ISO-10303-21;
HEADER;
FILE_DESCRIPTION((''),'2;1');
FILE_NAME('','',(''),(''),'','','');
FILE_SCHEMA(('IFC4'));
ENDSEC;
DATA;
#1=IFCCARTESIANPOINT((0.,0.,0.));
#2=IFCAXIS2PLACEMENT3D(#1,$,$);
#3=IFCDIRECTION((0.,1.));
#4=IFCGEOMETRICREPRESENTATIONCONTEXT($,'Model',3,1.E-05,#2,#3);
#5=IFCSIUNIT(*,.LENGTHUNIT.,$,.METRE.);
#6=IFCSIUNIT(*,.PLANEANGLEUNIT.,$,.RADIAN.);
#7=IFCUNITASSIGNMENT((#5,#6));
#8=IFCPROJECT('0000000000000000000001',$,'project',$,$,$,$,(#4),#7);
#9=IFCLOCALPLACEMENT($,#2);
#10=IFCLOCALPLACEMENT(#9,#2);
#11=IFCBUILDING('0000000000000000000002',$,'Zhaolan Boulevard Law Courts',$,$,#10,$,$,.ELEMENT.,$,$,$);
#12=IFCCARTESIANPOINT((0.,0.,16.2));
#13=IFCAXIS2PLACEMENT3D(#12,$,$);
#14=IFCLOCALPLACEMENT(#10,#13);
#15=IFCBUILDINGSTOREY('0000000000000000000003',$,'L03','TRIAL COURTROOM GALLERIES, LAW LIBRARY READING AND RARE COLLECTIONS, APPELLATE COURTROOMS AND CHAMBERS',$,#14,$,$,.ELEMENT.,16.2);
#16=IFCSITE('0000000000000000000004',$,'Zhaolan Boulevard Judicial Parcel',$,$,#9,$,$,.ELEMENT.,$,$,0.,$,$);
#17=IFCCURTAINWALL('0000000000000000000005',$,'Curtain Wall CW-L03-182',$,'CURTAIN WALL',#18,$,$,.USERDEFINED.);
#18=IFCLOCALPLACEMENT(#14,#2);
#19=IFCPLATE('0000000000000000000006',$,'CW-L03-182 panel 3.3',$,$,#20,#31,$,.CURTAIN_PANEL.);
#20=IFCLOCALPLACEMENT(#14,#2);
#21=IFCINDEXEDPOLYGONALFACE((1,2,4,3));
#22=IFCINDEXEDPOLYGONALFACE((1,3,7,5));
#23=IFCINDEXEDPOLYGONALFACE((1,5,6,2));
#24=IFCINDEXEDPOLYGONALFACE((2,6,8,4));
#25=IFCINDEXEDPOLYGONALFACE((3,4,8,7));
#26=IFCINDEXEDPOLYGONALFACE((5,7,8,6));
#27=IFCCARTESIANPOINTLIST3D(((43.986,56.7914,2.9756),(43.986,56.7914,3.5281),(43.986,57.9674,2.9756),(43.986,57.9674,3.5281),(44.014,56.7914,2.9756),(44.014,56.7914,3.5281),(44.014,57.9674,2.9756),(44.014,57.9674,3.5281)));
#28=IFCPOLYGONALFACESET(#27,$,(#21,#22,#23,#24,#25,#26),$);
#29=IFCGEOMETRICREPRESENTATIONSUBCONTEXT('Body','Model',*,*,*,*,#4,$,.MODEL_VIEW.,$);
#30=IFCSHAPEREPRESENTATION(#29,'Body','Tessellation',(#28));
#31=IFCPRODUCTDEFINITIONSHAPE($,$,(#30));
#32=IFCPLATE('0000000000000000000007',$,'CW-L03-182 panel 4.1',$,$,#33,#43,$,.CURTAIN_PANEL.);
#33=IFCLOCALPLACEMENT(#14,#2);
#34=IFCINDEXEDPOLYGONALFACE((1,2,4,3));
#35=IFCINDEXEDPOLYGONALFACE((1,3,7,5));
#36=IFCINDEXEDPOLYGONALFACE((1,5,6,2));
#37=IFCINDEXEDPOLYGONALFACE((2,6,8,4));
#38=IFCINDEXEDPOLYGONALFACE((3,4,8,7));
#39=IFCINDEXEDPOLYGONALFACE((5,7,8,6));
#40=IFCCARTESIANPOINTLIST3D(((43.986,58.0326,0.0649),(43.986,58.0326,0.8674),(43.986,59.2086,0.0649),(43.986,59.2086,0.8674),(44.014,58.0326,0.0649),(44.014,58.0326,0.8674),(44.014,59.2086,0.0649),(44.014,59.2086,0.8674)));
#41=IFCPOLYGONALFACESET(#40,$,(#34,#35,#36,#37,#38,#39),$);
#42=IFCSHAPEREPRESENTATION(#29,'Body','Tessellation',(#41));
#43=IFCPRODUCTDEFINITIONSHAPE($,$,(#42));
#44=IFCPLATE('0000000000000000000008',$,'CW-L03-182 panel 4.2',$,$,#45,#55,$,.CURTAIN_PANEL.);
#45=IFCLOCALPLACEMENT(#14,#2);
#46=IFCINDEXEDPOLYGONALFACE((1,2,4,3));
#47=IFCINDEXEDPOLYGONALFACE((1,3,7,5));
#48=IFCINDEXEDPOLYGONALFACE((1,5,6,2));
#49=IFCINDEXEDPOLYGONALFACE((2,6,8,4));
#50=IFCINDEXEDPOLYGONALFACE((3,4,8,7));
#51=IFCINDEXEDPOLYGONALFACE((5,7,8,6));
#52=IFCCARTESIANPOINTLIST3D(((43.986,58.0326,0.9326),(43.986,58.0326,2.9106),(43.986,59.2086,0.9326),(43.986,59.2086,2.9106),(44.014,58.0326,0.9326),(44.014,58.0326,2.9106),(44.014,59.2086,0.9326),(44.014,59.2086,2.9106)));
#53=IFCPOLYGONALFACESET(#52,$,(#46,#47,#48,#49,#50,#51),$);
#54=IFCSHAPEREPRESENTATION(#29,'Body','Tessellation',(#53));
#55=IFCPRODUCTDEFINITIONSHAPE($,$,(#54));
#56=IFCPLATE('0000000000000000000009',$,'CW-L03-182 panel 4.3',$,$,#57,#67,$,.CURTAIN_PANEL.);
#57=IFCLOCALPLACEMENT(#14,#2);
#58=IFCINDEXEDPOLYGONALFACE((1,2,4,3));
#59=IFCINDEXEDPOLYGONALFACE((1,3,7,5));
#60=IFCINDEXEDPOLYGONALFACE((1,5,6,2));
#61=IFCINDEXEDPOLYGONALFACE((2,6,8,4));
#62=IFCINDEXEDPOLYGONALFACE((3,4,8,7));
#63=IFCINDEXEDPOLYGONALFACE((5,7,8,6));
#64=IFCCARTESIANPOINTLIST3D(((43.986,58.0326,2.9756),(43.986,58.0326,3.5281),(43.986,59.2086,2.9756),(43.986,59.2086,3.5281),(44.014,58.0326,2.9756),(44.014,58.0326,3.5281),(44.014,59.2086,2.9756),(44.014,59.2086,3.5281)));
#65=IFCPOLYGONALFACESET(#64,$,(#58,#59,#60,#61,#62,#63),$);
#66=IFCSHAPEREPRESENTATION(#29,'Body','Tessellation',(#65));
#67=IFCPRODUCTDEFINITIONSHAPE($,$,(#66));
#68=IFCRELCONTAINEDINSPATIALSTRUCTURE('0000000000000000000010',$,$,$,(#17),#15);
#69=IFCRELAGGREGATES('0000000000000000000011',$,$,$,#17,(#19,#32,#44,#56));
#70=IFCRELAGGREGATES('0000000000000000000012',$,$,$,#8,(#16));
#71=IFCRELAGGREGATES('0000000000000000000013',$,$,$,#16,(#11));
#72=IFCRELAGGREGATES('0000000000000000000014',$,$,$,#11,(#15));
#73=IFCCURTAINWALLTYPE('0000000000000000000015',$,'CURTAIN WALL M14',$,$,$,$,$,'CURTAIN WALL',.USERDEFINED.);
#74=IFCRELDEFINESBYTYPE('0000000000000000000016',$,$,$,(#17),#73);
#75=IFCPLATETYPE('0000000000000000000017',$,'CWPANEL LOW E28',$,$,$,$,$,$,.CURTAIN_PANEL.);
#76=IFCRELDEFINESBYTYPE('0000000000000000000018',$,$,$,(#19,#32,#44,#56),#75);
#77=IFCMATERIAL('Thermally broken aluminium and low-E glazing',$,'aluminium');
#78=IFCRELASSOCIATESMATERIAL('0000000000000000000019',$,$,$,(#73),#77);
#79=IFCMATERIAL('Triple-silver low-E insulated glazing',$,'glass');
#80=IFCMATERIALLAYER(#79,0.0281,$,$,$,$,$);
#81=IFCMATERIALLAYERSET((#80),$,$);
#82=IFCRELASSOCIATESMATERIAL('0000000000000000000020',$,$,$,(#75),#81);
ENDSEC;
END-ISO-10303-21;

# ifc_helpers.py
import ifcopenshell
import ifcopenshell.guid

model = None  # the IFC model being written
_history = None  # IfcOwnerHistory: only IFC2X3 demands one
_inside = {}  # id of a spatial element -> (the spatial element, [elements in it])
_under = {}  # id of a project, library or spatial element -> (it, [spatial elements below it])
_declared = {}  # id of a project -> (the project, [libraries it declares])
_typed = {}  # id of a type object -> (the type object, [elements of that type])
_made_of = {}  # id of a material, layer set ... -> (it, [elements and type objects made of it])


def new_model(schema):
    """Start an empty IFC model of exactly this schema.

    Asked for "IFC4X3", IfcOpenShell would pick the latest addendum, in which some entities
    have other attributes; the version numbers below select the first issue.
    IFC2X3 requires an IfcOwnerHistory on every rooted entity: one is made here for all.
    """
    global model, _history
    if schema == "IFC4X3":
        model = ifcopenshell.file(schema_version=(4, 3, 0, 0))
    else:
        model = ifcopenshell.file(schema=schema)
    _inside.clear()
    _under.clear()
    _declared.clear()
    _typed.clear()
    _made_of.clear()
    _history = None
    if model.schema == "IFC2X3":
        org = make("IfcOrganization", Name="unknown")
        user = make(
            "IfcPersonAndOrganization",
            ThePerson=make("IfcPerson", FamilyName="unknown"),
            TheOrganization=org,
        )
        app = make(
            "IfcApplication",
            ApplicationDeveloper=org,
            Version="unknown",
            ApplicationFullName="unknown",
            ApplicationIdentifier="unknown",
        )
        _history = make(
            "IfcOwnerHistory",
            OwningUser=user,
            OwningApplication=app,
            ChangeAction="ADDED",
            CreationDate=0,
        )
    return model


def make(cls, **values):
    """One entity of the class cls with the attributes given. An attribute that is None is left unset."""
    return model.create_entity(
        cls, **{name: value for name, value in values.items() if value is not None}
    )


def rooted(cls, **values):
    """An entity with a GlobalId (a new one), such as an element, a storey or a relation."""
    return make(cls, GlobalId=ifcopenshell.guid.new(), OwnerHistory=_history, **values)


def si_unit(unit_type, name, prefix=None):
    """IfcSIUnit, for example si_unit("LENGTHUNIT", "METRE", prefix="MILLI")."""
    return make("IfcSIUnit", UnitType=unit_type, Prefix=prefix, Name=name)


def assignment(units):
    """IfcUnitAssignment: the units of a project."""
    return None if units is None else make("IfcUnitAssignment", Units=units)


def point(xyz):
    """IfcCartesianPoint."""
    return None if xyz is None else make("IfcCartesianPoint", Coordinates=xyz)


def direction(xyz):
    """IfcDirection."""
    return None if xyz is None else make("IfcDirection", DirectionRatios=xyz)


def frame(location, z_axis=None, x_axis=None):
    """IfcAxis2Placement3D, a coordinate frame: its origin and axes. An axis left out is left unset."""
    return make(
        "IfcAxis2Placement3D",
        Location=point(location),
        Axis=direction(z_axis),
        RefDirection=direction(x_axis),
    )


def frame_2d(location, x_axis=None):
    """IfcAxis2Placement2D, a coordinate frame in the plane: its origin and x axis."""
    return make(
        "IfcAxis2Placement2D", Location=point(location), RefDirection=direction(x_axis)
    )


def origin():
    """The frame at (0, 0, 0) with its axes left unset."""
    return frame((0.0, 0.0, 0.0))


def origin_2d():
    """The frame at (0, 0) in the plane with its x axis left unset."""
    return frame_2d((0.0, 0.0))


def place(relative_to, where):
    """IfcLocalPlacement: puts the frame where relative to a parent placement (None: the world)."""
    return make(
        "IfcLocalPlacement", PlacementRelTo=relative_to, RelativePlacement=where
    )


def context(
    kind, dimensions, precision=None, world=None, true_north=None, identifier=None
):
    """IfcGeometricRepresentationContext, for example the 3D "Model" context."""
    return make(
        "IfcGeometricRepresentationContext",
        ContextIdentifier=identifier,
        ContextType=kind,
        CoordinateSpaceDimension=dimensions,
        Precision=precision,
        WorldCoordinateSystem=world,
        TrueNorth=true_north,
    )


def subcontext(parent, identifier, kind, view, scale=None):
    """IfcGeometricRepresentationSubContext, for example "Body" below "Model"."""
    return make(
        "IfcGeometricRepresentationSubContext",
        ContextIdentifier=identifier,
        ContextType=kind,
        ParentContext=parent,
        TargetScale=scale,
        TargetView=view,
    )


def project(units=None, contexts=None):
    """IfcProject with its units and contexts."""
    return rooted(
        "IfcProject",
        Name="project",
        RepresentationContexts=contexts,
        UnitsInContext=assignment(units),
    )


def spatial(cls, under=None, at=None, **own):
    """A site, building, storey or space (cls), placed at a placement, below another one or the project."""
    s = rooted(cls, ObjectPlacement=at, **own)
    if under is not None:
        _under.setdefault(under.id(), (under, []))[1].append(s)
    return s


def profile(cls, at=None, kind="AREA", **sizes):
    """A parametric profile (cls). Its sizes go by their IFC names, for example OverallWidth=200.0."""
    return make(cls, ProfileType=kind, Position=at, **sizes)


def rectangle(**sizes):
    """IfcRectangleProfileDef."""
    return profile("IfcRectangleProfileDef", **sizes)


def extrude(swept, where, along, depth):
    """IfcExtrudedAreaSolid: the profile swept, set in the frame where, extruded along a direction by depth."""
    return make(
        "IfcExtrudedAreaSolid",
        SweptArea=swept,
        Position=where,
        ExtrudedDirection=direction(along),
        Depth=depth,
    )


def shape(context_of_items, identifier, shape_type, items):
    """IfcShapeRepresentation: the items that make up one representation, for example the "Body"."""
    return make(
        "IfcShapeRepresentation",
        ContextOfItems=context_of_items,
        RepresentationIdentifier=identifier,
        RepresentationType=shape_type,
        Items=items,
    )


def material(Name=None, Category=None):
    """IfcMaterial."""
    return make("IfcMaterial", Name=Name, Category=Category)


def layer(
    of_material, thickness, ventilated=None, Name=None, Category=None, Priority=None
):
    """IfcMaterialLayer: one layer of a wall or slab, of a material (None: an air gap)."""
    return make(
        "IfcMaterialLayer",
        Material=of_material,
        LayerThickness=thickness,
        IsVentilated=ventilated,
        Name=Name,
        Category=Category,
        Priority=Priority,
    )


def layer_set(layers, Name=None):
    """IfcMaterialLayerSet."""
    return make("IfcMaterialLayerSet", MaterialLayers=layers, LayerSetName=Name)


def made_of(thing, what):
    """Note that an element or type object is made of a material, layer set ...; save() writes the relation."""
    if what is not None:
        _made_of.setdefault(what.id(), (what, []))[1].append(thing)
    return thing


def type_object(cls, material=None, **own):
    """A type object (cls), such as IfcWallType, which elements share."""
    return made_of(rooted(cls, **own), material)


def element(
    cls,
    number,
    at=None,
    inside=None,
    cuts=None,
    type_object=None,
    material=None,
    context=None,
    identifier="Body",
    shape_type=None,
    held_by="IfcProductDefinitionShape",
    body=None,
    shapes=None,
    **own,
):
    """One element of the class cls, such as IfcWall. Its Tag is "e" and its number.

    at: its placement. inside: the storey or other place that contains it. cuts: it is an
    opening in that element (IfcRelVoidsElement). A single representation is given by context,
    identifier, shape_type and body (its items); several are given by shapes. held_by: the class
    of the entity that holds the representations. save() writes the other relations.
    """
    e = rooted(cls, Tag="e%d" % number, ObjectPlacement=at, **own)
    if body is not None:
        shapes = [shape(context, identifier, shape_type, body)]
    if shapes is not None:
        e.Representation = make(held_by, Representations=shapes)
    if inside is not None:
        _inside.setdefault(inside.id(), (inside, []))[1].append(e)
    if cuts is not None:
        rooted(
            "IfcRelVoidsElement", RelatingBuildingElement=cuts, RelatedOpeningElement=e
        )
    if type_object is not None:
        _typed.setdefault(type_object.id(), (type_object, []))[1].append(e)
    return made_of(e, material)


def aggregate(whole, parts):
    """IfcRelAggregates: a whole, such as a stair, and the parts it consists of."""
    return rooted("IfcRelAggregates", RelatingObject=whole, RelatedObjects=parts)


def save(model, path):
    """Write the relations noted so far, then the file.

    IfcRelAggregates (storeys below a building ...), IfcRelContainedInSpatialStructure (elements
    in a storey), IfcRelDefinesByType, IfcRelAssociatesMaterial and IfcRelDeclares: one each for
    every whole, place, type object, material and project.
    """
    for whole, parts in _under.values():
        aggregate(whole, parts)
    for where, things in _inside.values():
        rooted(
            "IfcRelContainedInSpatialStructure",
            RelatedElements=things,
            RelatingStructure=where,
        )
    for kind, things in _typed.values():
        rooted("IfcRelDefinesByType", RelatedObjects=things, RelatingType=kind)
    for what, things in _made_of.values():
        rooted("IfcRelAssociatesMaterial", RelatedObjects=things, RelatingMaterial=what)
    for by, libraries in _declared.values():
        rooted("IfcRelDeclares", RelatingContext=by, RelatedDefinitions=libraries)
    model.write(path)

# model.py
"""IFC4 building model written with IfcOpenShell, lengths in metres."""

from ifc_helpers import new_model, si_unit, direction, frame, origin, origin_2d, place, context, subcontext, project, spatial, rectangle, extrude, material, layer, layer_set, type_object, element, aggregate, save


model = new_model("IFC4")

# Units and contexts
model_context = context("Model", 3, precision=1e-05, world=origin(), true_north=direction((0.0, 1.0)))
body_context = subcontext(model_context, "Body", "Model", "MODEL_VIEW")
ifc_project = project(units=[si_unit("LENGTHUNIT", "METRE"), si_unit("PLANEANGLEUNIT", "RADIAN")], contexts=[model_context])

# Site, building, storey
site_placement = place(None, origin())
site = spatial("IfcSite", under=ifc_project, at=site_placement, Name="Zhaolan Boulevard Judicial Parcel", CompositionType="ELEMENT", RefElevation=0.0)
building_placement = place(site_placement, origin())
building = spatial("IfcBuilding", under=site, at=building_placement, Name="Zhaolan Boulevard Law Courts", CompositionType="ELEMENT")
storey_placement = place(building_placement, frame((0.0, 0.0, 16.2)))
storey = spatial("IfcBuildingStorey", under=building, at=storey_placement, Name="L03", Description="TRIAL COURTROOM GALLERIES, LAW LIBRARY READING AND RARE COLLECTIONS, APPELLATE COURTROOMS AND CHAMBERS", CompositionType="ELEMENT", Elevation=16.2)

# Curtain wall, plates
ifc_material_1 = material(Name="Thermally broken aluminium and low-E glazing", Category="aluminium")
curtain_wall_type = type_object("IfcCurtainWallType", Name="CURTAIN WALL M14", ElementType="CURTAIN WALL", PredefinedType="USERDEFINED", material=ifc_material_1)
curtain_wall_placement = place(storey_placement, origin())
curtain_wall = element("IfcCurtainWall", 1, at=curtain_wall_placement, inside=storey, type_object=curtain_wall_type, Name="Curtain Wall CW-L03-182", ObjectType="CURTAIN WALL", PredefinedType="USERDEFINED")
ifc_material_2 = material(Name="Triple-silver low-E insulated glazing", Category="glass")
ifc_layer = layer(ifc_material_2, 0.0281)
ifc_layer_set = layer_set([ifc_layer])
plate_type = type_object("IfcPlateType", Name="CWPANEL LOW E28", PredefinedType="CURTAIN_PANEL", material=ifc_layer_set)
plate_1_placement = place(storey_placement, frame((44.0, 57.3794, 2.9756), z_axis=(0.0, 0.0, 1.0), x_axis=(0.0, 1.0, 0.0)))
plate_1 = element("IfcPlate", 2, at=plate_1_placement, type_object=plate_type, Name="CW-L03-182 panel 3.3", PredefinedType="CURTAIN_PANEL", context=body_context, shape_type="SweptSolid", body=[
    extrude(rectangle(XDim=1.176, YDim=0.0281, at=origin_2d()), origin(), (0.0, 0.0, 1.0), 0.5525),
])
plate_2_placement = place(storey_placement, frame((44.0, 58.6206, 0.0649), z_axis=(0.0, 0.0, 1.0), x_axis=(0.0, 1.0, 0.0)))
plate_2 = element("IfcPlate", 3, at=plate_2_placement, type_object=plate_type, Name="CW-L03-182 panel 4.1", PredefinedType="CURTAIN_PANEL", context=body_context, shape_type="SweptSolid", body=[
    extrude(rectangle(XDim=1.176, YDim=0.0281, at=origin_2d()), origin(), (0.0, 0.0, 1.0), 0.8025),
])
plate_3_placement = place(storey_placement, frame((44.0, 58.6206, 0.9326), z_axis=(0.0, 0.0, 1.0), x_axis=(0.0, 1.0, 0.0)))
plate_3 = element("IfcPlate", 4, at=plate_3_placement, type_object=plate_type, Name="CW-L03-182 panel 4.2", PredefinedType="CURTAIN_PANEL", context=body_context, shape_type="SweptSolid", body=[
    extrude(rectangle(XDim=1.176, YDim=0.0281, at=origin_2d()), origin(), (0.0, 0.0, 1.0), 1.978),
])
plate_4_placement = place(storey_placement, frame((44.0, 58.6206, 2.9756), z_axis=(0.0, 0.0, 1.0), x_axis=(0.0, 1.0, 0.0)))
plate_4 = element("IfcPlate", 5, at=plate_4_placement, type_object=plate_type, Name="CW-L03-182 panel 4.3", PredefinedType="CURTAIN_PANEL", context=body_context, shape_type="SweptSolid", body=[
    extrude(rectangle(XDim=1.176, YDim=0.0281, at=origin_2d()), origin(), (0.0, 0.0, 1.0), 0.5525),
])
aggregate(curtain_wall, [plate_1, plate_2, plate_3, plate_4])

save(model, "model.ifc")
